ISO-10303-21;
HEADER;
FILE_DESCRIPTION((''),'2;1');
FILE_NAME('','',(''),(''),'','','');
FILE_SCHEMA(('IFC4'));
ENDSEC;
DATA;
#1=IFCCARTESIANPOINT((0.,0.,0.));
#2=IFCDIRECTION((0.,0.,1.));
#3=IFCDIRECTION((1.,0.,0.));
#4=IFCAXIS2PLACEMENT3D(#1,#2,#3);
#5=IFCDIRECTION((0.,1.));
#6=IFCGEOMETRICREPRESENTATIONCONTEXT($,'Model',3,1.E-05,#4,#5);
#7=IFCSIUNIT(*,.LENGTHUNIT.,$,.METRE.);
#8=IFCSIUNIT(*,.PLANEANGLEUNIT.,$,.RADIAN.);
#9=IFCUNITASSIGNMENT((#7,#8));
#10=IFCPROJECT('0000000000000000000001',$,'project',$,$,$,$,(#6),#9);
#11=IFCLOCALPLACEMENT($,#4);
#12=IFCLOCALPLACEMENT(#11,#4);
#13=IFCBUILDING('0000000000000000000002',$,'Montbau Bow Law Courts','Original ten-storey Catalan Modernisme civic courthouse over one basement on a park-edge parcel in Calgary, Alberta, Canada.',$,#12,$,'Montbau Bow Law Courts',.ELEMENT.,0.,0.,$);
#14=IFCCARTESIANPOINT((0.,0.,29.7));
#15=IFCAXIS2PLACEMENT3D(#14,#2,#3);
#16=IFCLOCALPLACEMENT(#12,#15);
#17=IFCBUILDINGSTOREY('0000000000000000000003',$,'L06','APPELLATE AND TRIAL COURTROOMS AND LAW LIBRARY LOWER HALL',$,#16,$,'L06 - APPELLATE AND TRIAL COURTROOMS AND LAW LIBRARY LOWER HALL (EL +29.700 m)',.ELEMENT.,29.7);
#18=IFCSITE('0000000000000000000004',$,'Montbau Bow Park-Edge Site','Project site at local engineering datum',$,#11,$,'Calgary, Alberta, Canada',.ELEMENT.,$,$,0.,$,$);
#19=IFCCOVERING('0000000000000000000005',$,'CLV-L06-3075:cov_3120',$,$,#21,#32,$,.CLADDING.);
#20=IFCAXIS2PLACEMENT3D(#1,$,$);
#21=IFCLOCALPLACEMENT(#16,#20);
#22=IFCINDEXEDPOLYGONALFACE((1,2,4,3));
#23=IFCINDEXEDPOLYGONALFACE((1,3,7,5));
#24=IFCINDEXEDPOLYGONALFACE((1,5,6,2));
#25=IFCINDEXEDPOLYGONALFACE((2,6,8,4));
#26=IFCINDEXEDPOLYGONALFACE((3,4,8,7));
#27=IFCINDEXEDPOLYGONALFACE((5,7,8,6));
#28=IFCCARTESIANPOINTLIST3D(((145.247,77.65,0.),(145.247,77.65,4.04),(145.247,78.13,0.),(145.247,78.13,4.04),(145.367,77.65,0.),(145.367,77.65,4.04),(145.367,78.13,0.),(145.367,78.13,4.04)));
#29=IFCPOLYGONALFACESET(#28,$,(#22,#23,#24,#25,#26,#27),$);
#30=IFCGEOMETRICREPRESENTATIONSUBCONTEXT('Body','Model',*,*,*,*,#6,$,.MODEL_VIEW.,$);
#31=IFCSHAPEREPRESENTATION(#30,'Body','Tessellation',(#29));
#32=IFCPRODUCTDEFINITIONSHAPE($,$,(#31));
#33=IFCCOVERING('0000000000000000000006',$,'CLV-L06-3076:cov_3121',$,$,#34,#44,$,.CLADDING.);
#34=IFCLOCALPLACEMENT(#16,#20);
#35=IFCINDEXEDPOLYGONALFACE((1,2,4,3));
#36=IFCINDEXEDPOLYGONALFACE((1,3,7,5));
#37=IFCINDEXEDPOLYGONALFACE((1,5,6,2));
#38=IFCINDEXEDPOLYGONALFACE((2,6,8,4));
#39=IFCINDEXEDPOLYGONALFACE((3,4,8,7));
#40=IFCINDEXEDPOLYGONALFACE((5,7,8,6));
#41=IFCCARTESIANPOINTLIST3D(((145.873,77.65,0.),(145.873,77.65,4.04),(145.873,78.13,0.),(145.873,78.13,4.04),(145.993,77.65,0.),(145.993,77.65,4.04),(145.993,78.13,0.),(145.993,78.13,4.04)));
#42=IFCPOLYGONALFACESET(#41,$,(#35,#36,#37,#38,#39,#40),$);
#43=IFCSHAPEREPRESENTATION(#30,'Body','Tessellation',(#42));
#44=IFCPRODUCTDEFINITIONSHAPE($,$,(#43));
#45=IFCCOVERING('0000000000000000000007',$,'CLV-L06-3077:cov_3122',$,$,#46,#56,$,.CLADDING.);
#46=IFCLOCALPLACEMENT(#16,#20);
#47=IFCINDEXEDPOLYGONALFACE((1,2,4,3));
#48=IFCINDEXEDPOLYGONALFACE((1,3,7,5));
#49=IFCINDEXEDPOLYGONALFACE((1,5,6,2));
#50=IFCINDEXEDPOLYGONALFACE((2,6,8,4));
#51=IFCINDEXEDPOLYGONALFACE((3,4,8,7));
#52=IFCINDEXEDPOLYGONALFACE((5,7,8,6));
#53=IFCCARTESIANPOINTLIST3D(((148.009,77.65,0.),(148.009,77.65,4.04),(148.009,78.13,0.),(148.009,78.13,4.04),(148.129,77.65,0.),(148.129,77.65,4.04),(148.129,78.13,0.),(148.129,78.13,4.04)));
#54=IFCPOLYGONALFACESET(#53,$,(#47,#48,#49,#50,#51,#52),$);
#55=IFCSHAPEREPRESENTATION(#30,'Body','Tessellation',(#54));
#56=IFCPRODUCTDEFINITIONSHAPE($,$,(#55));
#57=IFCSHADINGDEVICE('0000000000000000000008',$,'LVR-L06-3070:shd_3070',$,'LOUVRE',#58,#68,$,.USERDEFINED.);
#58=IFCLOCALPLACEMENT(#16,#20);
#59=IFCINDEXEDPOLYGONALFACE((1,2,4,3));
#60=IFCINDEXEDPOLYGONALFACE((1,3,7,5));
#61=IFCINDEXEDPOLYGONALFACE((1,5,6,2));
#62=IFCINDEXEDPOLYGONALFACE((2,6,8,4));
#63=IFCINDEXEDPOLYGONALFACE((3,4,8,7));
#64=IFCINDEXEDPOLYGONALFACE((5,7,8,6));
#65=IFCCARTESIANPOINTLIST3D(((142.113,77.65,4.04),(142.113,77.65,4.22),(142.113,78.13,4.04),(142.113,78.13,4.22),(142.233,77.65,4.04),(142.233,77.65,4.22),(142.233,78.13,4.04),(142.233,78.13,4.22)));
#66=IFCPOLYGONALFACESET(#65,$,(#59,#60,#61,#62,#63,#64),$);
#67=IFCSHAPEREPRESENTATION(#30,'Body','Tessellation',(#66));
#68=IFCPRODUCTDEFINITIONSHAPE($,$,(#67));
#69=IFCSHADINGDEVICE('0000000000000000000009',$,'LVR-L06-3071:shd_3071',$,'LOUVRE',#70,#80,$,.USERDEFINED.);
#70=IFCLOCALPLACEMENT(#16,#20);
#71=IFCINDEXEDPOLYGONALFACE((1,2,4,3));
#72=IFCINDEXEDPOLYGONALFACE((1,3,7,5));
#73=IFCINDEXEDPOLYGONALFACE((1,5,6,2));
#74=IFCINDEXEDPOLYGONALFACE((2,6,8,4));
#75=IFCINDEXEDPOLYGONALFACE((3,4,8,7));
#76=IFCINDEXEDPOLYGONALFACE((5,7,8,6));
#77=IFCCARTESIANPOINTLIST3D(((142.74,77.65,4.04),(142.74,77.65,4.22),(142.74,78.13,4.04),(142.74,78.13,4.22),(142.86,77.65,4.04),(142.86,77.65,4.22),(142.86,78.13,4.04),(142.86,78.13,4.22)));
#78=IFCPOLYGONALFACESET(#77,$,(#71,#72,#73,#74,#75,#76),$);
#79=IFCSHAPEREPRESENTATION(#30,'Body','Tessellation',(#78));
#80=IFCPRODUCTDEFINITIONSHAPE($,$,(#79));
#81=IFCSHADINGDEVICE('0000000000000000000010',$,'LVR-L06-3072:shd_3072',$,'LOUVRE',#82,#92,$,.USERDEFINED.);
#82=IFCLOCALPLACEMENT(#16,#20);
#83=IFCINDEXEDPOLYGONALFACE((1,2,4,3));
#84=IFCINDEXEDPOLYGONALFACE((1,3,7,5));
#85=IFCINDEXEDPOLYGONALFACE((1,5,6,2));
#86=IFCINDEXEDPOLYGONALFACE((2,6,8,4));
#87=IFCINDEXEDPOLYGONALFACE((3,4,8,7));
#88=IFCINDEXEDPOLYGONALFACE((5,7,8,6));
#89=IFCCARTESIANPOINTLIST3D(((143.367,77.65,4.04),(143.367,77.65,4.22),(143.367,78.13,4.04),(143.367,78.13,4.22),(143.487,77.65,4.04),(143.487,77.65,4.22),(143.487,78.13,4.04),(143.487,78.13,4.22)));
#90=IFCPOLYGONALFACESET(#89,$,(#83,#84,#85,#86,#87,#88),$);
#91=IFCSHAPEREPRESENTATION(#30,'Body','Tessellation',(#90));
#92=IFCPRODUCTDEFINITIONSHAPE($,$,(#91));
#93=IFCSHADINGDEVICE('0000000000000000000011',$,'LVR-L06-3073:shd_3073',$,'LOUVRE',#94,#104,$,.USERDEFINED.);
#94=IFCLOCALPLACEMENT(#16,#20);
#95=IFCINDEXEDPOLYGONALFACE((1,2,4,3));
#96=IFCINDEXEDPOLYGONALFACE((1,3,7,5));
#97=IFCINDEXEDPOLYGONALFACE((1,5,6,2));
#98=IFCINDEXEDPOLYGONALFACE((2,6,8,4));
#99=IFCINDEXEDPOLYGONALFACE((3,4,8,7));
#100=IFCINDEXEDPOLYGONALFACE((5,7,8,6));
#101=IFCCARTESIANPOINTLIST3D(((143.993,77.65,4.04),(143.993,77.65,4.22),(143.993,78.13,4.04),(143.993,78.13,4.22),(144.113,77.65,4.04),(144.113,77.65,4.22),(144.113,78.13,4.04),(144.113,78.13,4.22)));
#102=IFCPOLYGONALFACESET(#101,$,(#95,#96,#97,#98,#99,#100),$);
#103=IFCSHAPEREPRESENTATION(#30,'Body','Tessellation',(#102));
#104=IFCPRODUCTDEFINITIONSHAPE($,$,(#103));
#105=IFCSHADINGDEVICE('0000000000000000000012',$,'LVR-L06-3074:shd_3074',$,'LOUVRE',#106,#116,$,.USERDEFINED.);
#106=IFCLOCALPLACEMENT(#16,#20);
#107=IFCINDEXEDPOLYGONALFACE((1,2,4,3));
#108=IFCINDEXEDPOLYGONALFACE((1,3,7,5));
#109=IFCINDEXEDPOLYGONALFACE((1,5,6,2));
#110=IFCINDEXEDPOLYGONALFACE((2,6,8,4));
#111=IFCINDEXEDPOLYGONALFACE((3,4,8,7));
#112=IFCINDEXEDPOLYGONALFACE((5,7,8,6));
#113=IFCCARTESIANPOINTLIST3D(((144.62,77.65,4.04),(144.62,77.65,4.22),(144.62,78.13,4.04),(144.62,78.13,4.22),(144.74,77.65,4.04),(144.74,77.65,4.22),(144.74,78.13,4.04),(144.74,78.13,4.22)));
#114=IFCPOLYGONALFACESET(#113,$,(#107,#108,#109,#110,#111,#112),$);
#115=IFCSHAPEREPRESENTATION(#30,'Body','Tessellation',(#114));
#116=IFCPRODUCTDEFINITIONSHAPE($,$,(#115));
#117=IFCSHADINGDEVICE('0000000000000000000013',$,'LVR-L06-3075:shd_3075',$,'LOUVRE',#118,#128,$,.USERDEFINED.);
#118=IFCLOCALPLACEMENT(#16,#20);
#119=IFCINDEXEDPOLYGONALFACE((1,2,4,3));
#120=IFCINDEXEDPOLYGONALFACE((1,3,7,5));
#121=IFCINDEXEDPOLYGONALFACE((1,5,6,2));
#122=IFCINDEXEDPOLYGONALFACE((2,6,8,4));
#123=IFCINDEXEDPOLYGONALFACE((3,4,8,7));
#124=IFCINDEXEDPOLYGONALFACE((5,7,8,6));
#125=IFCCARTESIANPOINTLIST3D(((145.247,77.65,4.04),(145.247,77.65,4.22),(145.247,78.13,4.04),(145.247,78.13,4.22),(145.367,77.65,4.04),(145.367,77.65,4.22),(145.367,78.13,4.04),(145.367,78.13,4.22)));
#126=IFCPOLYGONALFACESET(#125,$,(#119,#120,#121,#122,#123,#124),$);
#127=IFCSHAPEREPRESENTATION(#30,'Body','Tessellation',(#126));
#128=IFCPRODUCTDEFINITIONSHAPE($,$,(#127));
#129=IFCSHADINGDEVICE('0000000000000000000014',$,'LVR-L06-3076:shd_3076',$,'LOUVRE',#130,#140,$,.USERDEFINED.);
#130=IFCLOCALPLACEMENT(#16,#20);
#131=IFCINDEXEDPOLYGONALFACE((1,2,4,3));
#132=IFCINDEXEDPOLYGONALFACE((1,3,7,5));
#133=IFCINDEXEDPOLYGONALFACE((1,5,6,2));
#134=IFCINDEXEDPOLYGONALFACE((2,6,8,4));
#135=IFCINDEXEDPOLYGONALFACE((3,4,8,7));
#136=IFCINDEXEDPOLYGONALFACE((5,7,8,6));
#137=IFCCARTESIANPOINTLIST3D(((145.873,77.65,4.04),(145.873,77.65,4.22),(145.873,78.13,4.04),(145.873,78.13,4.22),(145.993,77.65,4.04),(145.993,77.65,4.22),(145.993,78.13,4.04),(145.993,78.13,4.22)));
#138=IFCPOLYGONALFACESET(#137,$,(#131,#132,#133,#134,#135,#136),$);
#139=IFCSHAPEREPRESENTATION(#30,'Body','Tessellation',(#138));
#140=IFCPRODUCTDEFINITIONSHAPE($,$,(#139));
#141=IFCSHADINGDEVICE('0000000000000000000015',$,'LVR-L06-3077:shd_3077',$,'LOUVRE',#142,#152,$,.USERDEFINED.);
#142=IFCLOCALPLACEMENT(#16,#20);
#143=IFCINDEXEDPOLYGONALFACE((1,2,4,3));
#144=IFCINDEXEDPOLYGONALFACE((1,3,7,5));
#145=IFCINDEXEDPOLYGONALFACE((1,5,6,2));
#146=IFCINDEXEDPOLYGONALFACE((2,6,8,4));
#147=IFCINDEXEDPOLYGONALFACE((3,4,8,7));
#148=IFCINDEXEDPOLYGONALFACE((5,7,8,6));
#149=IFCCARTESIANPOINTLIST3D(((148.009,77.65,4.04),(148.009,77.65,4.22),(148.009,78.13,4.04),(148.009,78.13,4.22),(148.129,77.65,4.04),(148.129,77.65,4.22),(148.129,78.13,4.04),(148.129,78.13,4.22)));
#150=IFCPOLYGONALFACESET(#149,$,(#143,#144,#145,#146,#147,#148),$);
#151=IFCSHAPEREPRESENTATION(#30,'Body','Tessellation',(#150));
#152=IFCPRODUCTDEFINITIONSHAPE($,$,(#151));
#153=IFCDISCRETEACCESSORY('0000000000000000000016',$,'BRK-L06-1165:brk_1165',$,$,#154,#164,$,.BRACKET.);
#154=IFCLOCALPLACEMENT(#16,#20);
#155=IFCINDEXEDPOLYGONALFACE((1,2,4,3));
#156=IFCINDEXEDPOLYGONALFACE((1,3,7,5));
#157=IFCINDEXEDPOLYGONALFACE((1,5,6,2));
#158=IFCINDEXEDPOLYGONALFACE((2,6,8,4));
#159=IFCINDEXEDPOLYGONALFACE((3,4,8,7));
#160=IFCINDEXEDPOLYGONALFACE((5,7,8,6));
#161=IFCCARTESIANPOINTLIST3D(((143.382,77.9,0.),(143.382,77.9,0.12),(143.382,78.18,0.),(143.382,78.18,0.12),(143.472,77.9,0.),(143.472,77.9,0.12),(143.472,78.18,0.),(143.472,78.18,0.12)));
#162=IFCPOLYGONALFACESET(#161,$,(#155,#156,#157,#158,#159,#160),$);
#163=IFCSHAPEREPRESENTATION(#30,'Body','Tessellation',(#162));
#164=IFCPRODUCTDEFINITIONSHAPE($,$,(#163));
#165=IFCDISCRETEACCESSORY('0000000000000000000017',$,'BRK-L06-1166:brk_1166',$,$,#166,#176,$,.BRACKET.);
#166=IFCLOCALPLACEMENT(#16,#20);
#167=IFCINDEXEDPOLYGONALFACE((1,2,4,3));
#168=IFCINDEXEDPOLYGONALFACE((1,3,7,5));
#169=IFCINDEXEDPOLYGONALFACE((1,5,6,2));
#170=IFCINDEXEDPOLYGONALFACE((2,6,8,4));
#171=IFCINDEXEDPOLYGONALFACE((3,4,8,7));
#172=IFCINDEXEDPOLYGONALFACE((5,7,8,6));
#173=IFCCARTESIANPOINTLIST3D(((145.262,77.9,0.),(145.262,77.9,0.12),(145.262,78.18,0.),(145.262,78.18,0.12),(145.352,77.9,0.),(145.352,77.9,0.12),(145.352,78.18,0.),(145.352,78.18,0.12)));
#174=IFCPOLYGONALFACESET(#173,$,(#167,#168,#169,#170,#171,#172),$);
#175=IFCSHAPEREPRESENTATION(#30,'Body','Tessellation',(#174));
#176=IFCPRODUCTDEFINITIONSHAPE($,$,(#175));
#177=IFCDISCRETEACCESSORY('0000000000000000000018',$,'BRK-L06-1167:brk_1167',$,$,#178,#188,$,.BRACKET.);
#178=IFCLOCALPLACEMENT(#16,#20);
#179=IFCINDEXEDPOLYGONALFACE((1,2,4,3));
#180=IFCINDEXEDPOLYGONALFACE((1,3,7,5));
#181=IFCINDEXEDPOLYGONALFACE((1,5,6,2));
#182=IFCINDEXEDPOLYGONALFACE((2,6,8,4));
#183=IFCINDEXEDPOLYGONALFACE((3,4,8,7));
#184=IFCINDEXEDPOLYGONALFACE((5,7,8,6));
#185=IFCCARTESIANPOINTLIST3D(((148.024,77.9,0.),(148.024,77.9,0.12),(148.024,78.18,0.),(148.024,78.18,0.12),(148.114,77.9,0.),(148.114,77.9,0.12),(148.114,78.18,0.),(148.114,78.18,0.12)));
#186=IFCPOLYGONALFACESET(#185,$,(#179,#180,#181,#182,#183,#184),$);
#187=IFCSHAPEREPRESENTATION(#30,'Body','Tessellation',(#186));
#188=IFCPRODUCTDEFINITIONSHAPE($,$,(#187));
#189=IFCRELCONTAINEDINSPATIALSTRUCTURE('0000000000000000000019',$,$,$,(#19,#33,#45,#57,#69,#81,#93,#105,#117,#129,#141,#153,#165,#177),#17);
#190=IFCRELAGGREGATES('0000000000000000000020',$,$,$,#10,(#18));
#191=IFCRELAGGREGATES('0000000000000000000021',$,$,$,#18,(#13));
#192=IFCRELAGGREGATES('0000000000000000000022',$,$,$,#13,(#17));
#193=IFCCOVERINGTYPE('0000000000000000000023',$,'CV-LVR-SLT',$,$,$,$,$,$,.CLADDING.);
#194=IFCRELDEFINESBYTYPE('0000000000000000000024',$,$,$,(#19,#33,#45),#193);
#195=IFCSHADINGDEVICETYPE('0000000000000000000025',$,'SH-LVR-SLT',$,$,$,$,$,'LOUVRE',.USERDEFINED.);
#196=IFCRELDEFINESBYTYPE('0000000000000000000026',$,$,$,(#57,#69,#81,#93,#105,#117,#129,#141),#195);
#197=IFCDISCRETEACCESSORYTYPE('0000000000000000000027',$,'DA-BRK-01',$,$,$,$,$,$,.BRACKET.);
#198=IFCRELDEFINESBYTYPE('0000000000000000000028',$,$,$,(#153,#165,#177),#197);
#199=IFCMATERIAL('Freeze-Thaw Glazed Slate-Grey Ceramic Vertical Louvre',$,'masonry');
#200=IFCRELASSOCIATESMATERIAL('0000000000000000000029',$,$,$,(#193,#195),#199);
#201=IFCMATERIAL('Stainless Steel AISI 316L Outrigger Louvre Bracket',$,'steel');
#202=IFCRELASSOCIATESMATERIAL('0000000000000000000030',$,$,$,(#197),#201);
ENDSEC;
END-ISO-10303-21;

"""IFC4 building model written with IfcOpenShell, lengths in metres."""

from ifc_helpers import new_model, si_unit, direction, frame, frame_2d, origin_with_axes, origin_2d_with_axis, place, context, subcontext, project, spatial, rectangle, extrude, material, type_object, element, save


model = new_model("IFC4")

# Units and contexts
model_context = context("Model", 3, precision=1e-05, world=origin_with_axes(), true_north=direction((0.0, 1.0)))
body_context = subcontext(model_context, "Body", "Model", "MODEL_VIEW")
ifc_project = project(units=[si_unit("LENGTHUNIT", "METRE"), si_unit("PLANEANGLEUNIT", "RADIAN")], contexts=[model_context])

# Site, building, storey
site_placement = place(None, origin_with_axes())
site = spatial("IfcSite", under=ifc_project, at=site_placement, Name="Montbau Bow Park-Edge Site", Description="Project site at local engineering datum", LongName="Calgary, Alberta, Canada", CompositionType="ELEMENT", RefElevation=0.0)
building_placement = place(site_placement, origin_with_axes())
building = spatial("IfcBuilding", under=site, at=building_placement, Name="Montbau Bow Law Courts", Description="Original ten-storey Catalan Modernisme civic courthouse over one basement on a park-edge parcel in Calgary, Alberta, Canada.", LongName="Montbau Bow Law Courts", CompositionType="ELEMENT", ElevationOfRefHeight=0.0, ElevationOfTerrain=0.0)
storey_placement = place(building_placement, frame((0.0, 0.0, 29.7), z_axis=(0.0, 0.0, 1.0), x_axis=(1.0, 0.0, 0.0)))
storey = spatial("IfcBuildingStorey", under=building, at=storey_placement, Name="L06", Description="APPELLATE AND TRIAL COURTROOMS AND LAW LIBRARY LOWER HALL", LongName="L06 - APPELLATE AND TRIAL COURTROOMS AND LAW LIBRARY LOWER HALL (EL +29.700 m)", CompositionType="ELEMENT", Elevation=29.7)

# Coverings
ifc_material_1 = material(Name="Freeze-Thaw Glazed Slate-Grey Ceramic Vertical Louvre", Category="masonry")
covering_type = type_object("IfcCoveringType", Name="CV-LVR-SLT", PredefinedType="CLADDING", material=ifc_material_1)
for number, where, z_axis, x_axis, name in (
    (1, (145.307, 78.13, 29.7), (-1.0, 0.0, 0.0), (0.0, -1.0, 0.0), "CLV-L06-3075:cov_3120"),
    (2, (145.933, 78.13, 29.7), (-1.0, 0.0, 0.0), (0.0, -1.0, 0.0), "CLV-L06-3076:cov_3121"),
    (3, (148.069, 78.13, 29.7), (-1.0, 0.0, 0.0), (0.0, -1.0, 0.0), "CLV-L06-3077:cov_3122"),
):
    element("IfcCovering", number, at=place(None, frame(where, z_axis=z_axis, x_axis=x_axis)), inside=storey, type_object=covering_type, Name=name, PredefinedType="CLADDING", context=body_context, shape_type="SweptSolid", body=[
        extrude(rectangle(XDim=0.48, YDim=4.04, at=frame_2d((0.24, 2.02), x_axis=(1.0, 0.0))), frame((0.0, 0.0, -0.06), z_axis=(0.0, 0.0, 1.0), x_axis=(1.0, 0.0, 0.0)), (0.0, 0.0, 1.0), 0.12),
    ])

# Shading devices
shading_device_type = type_object("IfcShadingDeviceType", Name="SH-LVR-SLT", ElementType="LOUVRE", PredefinedType="USERDEFINED", material=ifc_material_1)
for number, where, z_axis, x_axis, name in (
    (4, (142.173, 77.89, 33.74), (0.0, 0.0, 1.0), (0.0, -1.0, 0.0), "LVR-L06-3070:shd_3070"),
    (5, (142.8, 77.89, 33.74), (0.0, 0.0, 1.0), (0.0, -1.0, 0.0), "LVR-L06-3071:shd_3071"),
    (6, (143.427, 77.89, 33.74), (0.0, 0.0, 1.0), (0.0, -1.0, 0.0), "LVR-L06-3072:shd_3072"),
    (7, (144.053, 77.89, 33.74), (0.0, 0.0, 1.0), (0.0, -1.0, 0.0), "LVR-L06-3073:shd_3073"),
    (8, (144.68, 77.89, 33.74), (0.0, 0.0, 1.0), (0.0, -1.0, 0.0), "LVR-L06-3074:shd_3074"),
    (9, (145.307, 77.89, 33.74), (0.0, 0.0, 1.0), (0.0, -1.0, 0.0), "LVR-L06-3075:shd_3075"),
    (10, (145.933, 77.89, 33.74), (0.0, 0.0, 1.0), (0.0, -1.0, 0.0), "LVR-L06-3076:shd_3076"),
    (11, (148.069, 77.89, 33.74), (0.0, 0.0, 1.0), (0.0, -1.0, 0.0), "LVR-L06-3077:shd_3077"),
):
    element("IfcShadingDevice", number, at=place(None, frame(where, z_axis=z_axis, x_axis=x_axis)), inside=storey, type_object=shading_device_type, Name=name, ObjectType="LOUVRE", PredefinedType="USERDEFINED", context=body_context, shape_type="SweptSolid", body=[
        extrude(rectangle(XDim=0.48, YDim=0.12, at=origin_2d_with_axis()), origin_with_axes(), (0.0, 0.0, 1.0), 0.18),
    ])

# Discrete accessories
ifc_material_2 = material(Name="Stainless Steel AISI 316L Outrigger Louvre Bracket", Category="steel")
discrete_accessory_type = type_object("IfcDiscreteAccessoryType", Name="DA-BRK-01", PredefinedType="BRACKET", material=ifc_material_2)
for number, where, z_axis, x_axis, name in (
    (12, (143.427, 78.04, 29.7), (0.0, 0.0, 1.0), (0.0, -1.0, 0.0), "BRK-L06-1165:brk_1165"),
    (13, (145.307, 78.04, 29.7), (0.0, 0.0, 1.0), (0.0, -1.0, 0.0), "BRK-L06-1166:brk_1166"),
    (14, (148.069, 78.04, 29.7), (0.0, 0.0, 1.0), (0.0, -1.0, 0.0), "BRK-L06-1167:brk_1167"),
):
    element("IfcDiscreteAccessory", number, at=place(None, frame(where, z_axis=z_axis, x_axis=x_axis)), inside=storey, type_object=discrete_accessory_type, Name=name, PredefinedType="BRACKET", context=body_context, shape_type="SweptSolid", body=[
        extrude(rectangle(XDim=0.28, YDim=0.09, at=origin_2d_with_axis()), origin_with_axes(), (0.0, 0.0, 1.0), 0.12),
    ])

save(model, "model.ifc")
